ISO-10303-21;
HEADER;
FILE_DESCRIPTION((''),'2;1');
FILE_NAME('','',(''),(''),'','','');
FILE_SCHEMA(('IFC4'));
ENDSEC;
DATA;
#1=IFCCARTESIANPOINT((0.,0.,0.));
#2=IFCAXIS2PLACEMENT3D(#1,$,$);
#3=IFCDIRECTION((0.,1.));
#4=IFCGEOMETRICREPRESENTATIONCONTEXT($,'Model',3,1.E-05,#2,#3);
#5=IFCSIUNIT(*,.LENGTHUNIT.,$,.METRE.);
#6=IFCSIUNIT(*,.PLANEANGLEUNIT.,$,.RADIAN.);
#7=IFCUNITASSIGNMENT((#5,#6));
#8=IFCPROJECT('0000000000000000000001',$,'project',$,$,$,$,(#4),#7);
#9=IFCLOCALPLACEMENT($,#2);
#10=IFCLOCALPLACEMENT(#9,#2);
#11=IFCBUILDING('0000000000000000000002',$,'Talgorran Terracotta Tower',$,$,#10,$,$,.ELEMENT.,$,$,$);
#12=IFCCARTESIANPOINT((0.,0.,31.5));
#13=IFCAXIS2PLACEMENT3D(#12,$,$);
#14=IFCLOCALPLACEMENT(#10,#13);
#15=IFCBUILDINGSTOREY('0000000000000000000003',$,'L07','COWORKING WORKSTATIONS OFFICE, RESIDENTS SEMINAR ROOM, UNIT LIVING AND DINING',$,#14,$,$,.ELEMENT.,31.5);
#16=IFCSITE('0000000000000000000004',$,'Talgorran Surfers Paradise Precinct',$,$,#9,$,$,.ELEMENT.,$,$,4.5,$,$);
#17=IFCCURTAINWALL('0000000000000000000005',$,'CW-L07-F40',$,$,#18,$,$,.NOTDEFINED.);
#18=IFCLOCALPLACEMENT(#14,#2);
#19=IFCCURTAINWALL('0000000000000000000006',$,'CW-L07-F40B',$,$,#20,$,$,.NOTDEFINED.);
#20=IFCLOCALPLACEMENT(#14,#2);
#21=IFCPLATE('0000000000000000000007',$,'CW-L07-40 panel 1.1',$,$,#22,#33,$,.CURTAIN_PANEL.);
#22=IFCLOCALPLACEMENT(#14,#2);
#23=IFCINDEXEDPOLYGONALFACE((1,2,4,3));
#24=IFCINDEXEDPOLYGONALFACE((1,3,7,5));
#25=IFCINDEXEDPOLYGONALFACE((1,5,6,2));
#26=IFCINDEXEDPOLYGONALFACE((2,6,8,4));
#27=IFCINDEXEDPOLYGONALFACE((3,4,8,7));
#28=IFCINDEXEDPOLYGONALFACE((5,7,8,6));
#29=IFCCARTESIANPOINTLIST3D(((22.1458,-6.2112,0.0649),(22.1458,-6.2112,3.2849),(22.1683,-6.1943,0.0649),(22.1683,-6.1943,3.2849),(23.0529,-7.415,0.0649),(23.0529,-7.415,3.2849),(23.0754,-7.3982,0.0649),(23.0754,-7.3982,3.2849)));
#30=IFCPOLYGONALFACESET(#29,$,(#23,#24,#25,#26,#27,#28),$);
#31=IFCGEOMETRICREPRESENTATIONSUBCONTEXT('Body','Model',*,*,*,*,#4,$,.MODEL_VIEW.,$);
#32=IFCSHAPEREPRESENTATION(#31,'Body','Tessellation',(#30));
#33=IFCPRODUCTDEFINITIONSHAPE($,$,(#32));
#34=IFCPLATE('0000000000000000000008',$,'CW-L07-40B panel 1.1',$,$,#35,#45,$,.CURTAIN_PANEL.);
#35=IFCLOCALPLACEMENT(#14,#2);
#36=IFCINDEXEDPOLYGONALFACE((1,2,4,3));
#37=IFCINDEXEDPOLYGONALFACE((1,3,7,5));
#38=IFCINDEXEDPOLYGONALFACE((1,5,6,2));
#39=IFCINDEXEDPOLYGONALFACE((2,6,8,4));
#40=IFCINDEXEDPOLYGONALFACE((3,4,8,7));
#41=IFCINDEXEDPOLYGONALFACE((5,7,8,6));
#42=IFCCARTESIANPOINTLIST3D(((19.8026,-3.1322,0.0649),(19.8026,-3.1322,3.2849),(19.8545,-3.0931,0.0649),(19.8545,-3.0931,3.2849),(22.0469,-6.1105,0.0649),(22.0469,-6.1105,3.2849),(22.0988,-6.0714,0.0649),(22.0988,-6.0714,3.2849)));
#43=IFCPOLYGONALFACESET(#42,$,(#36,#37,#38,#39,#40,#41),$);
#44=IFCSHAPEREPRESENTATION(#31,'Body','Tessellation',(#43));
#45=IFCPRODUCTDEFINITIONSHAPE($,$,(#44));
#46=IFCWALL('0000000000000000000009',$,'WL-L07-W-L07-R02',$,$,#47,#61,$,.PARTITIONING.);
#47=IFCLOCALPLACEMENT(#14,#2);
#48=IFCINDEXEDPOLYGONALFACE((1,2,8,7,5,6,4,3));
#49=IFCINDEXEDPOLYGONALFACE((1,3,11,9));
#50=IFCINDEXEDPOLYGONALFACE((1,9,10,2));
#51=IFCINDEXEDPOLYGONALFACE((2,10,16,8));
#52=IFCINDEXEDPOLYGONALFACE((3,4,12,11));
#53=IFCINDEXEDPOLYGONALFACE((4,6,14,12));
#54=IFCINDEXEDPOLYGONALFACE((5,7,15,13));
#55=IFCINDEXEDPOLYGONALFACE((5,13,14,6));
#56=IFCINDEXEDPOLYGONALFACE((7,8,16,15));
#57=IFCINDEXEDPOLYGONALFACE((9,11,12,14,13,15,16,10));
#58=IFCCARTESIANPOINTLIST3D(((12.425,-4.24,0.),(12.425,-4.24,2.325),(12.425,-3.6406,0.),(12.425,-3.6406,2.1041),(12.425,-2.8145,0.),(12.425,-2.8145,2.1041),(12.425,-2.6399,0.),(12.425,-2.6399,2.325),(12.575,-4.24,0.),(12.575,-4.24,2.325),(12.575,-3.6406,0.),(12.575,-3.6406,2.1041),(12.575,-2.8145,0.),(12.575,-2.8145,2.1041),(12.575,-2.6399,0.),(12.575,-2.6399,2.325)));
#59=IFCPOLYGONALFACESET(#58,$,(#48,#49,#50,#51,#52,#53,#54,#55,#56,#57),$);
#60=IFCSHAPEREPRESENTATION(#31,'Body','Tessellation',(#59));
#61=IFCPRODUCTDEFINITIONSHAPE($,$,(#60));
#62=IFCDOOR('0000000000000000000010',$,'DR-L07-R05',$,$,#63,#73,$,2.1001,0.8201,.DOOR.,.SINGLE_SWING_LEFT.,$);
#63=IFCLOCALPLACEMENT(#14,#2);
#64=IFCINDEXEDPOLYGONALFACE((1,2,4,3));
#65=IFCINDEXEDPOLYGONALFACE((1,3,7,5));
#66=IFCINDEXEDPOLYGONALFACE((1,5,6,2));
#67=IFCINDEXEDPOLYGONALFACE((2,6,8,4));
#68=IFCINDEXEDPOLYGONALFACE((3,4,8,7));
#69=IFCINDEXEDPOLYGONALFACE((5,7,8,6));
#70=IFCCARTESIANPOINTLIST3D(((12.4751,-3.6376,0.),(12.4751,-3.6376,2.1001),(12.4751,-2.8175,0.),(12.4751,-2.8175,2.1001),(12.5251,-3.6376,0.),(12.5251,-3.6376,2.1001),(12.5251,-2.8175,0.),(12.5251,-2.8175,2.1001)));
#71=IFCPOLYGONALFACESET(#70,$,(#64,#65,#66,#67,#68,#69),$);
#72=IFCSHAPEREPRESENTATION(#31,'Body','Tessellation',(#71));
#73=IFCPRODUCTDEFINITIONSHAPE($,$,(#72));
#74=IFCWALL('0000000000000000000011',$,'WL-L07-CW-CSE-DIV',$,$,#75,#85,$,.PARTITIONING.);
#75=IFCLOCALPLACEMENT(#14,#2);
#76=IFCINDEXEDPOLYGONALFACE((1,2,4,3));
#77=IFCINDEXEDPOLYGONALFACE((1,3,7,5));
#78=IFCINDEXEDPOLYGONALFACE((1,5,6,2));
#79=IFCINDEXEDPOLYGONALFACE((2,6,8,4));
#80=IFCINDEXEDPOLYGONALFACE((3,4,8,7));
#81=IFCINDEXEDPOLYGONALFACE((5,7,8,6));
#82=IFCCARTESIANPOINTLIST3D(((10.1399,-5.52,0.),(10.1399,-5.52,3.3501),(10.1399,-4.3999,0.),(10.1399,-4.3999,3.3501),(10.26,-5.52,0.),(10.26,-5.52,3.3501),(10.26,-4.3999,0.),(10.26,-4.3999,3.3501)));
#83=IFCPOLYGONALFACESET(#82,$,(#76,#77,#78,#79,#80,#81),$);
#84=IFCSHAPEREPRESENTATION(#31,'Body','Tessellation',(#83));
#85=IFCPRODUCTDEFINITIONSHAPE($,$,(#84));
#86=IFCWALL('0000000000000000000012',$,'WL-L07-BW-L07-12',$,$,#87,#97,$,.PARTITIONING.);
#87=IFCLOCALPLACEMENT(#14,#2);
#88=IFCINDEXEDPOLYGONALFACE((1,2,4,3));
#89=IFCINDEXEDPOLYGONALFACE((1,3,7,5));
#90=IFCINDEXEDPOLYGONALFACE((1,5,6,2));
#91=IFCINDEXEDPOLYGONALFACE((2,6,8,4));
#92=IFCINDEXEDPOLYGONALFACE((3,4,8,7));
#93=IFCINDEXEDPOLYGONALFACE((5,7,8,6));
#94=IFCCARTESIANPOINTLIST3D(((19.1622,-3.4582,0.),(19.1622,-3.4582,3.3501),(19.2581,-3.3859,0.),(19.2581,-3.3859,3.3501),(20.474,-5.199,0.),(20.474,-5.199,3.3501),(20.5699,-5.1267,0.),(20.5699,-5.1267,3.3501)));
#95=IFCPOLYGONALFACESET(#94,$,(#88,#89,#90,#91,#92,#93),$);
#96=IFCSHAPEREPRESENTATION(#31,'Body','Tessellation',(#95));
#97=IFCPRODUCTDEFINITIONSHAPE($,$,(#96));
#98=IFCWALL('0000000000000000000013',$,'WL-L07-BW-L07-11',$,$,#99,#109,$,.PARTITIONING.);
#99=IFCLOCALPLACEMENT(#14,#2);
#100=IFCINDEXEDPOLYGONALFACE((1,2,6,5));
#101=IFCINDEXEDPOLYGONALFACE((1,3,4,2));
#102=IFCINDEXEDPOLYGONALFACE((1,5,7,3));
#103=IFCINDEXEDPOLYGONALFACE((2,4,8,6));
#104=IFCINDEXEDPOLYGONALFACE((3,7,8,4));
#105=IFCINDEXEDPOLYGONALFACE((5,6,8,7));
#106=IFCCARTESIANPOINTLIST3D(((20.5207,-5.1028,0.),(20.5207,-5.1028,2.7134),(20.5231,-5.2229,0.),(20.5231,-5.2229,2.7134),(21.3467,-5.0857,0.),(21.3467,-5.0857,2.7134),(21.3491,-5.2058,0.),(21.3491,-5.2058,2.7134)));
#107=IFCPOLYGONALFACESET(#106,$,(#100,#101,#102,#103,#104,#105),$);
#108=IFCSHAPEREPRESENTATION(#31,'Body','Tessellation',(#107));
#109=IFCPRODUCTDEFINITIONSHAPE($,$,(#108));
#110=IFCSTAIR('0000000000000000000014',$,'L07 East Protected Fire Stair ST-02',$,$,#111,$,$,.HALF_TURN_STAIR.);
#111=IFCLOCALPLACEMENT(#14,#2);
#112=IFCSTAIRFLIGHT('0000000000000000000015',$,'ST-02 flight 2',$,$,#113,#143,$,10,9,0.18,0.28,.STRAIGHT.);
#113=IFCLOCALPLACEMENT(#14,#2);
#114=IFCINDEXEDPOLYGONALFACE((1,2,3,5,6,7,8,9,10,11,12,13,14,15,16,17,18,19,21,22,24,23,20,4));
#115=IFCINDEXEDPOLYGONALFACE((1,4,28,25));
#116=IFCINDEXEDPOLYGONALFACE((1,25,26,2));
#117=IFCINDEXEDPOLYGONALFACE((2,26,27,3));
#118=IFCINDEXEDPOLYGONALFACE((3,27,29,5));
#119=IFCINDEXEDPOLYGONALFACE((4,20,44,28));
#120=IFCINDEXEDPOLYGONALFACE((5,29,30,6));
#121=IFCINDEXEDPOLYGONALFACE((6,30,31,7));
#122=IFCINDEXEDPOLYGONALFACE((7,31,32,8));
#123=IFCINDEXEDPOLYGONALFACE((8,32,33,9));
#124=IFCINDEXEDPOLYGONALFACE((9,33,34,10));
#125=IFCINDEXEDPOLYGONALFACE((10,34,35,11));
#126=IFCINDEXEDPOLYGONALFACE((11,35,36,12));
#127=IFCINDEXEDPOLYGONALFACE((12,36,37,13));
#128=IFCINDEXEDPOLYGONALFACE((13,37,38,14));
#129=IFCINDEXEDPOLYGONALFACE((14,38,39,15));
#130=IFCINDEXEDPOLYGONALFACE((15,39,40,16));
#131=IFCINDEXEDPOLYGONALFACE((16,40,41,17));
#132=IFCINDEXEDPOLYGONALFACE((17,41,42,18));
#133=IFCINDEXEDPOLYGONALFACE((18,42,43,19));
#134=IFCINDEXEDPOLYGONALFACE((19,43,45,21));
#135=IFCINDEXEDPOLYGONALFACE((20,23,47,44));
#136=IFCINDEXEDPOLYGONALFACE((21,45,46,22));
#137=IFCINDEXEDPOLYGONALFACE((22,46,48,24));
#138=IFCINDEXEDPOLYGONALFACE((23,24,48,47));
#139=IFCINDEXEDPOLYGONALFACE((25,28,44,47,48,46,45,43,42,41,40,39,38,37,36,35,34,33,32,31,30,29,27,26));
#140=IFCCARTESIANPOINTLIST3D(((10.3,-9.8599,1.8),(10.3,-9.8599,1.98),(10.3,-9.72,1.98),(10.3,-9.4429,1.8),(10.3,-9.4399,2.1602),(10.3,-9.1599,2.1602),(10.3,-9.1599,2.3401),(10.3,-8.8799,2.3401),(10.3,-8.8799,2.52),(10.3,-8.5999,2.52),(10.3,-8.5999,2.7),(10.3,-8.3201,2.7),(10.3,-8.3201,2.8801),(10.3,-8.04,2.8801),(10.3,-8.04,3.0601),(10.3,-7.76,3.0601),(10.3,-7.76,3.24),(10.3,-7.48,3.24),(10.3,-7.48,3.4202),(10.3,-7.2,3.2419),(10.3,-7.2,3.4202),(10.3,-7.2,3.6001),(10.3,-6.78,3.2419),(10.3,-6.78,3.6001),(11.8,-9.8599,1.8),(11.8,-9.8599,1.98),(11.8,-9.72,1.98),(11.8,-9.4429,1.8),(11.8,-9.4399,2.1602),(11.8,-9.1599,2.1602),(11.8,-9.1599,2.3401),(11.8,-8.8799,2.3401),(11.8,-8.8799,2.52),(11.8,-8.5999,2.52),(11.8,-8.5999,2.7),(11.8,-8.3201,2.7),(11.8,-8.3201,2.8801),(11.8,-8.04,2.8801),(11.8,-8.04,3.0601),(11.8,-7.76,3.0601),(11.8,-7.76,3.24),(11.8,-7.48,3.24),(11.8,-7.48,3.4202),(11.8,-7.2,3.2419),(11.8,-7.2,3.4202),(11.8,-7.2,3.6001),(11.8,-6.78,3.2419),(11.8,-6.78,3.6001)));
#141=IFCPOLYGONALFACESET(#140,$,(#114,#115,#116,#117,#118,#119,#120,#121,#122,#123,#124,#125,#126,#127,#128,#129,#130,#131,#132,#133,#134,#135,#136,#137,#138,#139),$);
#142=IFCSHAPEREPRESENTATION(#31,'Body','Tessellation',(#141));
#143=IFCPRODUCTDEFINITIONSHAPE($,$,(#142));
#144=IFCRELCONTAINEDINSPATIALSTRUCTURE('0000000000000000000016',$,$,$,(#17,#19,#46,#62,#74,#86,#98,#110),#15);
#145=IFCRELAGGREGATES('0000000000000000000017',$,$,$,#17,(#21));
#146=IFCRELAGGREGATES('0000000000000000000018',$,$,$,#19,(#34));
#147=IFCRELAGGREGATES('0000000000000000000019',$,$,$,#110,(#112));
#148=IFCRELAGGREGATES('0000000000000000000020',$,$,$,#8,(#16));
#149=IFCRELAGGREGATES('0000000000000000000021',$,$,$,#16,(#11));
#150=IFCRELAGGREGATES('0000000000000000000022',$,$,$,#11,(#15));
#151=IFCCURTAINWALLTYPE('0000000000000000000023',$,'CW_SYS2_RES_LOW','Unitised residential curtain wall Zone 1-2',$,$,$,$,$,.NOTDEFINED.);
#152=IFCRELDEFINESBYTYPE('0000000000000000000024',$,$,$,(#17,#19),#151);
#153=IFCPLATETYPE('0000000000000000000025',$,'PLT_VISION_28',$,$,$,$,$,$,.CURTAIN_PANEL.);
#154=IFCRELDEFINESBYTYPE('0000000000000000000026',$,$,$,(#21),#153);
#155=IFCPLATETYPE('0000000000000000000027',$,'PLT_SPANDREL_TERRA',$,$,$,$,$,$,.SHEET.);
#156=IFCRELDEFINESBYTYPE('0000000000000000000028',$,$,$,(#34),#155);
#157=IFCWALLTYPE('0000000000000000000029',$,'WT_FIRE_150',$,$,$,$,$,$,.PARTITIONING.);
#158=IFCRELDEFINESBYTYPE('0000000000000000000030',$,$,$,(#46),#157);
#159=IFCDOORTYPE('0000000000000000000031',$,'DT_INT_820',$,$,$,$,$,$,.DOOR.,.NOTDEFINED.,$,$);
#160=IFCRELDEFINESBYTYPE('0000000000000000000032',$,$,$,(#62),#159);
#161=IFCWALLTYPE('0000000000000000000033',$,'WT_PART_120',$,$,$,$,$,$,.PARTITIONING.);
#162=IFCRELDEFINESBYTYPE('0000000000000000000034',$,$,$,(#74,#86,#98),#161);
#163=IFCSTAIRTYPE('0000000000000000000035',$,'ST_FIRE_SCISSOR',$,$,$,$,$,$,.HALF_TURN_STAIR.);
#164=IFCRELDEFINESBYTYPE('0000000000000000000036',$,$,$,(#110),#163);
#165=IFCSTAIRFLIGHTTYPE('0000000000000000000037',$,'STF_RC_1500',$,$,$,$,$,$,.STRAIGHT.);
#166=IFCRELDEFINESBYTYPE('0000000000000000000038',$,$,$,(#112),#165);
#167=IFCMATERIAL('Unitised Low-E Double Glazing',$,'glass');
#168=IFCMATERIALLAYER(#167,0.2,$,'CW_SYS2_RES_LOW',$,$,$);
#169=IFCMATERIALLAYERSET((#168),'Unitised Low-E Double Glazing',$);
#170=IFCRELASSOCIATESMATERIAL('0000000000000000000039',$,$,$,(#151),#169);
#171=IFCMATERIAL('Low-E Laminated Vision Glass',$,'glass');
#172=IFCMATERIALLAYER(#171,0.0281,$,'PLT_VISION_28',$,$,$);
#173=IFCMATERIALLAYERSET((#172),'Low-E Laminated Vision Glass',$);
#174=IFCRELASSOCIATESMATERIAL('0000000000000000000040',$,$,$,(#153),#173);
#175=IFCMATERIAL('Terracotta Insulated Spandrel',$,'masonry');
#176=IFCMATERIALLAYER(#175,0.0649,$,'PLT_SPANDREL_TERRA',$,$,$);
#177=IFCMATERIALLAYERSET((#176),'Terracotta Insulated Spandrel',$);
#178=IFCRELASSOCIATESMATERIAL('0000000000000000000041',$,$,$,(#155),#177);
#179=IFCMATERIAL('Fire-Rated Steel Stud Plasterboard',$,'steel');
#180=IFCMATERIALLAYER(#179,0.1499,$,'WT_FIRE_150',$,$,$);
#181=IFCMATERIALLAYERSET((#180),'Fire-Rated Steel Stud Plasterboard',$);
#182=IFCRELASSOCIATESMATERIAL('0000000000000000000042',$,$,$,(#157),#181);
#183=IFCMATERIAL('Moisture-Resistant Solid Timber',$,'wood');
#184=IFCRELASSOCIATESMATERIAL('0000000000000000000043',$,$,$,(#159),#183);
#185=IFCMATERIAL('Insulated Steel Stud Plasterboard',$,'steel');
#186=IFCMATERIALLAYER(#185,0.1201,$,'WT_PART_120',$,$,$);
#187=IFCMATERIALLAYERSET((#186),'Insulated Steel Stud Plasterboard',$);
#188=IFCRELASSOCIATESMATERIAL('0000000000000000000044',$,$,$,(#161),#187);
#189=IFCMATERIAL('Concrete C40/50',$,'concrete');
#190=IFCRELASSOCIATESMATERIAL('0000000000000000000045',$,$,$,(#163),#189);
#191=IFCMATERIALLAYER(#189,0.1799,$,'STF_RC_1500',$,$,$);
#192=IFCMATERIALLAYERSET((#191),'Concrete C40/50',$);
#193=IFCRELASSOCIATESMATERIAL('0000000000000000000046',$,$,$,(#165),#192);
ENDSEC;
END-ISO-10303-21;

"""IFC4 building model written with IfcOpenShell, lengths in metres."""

from ifc_helpers import new_model, si_unit, direction, frame, frame_2d, origin, origin_2d, place, context, subcontext, project, spatial, polyline, rectangle, outline, extrude, source, transform, mapped, material, layer, layer_set, type_object, type_shapes, element, fill, aggregate, save


model = new_model("IFC4")

# Units and contexts
model_context = context("Model", 3, precision=1e-05, world=origin(), true_north=direction((0.0, 1.0)))
body_context = subcontext(model_context, "Body", "Model", "MODEL_VIEW")
ifc_project = project(units=[si_unit("LENGTHUNIT", "METRE"), si_unit("PLANEANGLEUNIT", "RADIAN")], contexts=[model_context])

# Site, building, storey
site_placement = place(None, origin())
site = spatial("IfcSite", under=ifc_project, at=site_placement, Name="Talgorran Surfers Paradise Precinct", CompositionType="ELEMENT", RefElevation=4.5)
building_placement = place(site_placement, origin())
building = spatial("IfcBuilding", under=site, at=building_placement, Name="Talgorran Terracotta Tower", CompositionType="ELEMENT")
storey_placement = place(building_placement, frame((0.0, 0.0, 31.5)))
storey = spatial("IfcBuildingStorey", under=building, at=storey_placement, Name="L07", Description="COWORKING WORKSTATIONS OFFICE, RESIDENTS SEMINAR ROOM, UNIT LIVING AND DINING", CompositionType="ELEMENT", Elevation=31.5)

# Shared definitions
ifc_material_1 = material(Name="Unitised Low-E Double Glazing", Category="glass")
ifc_layer_1 = layer(ifc_material_1, 0.2, Name="CW_SYS2_RES_LOW")
ifc_layer_set_1 = layer_set([ifc_layer_1], Name="Unitised Low-E Double Glazing")
curtain_wall_type = type_object("IfcCurtainWallType", Name="CW_SYS2_RES_LOW", Description="Unitised residential curtain wall Zone 1-2", PredefinedType="NOTDEFINED", material=ifc_layer_set_1)

# Curtain wall
curtain_wall_1_placement = place(storey_placement, origin())
curtain_wall_1 = element("IfcCurtainWall", 1, at=curtain_wall_1_placement, inside=storey, type_object=curtain_wall_type, Name="CW-L07-F40", PredefinedType="NOTDEFINED")

# Curtain wall
curtain_wall_2_placement = place(storey_placement, origin())
curtain_wall_2 = element("IfcCurtainWall", 2, at=curtain_wall_2_placement, inside=storey, type_object=curtain_wall_type, Name="CW-L07-F40B", PredefinedType="NOTDEFINED")

# Plates
ifc_material_2 = material(Name="Low-E Laminated Vision Glass", Category="glass")
ifc_layer_2 = layer(ifc_material_2, 0.0281, Name="PLT_VISION_28")
ifc_layer_set_2 = layer_set([ifc_layer_2], Name="Low-E Laminated Vision Glass")
plate_type_1 = type_object("IfcPlateType", Name="PLT_VISION_28", PredefinedType="CURTAIN_PANEL", material=ifc_layer_set_2)
shared_shape_1 = source(origin(), body_context, "Body", "SweptSolid", [
    extrude(rectangle(XDim=1.5073, YDim=0.0281, at=origin_2d()), origin(), (0.0, 0.0, 1.0), 3.22),
])
type_shapes(plate_type_1, [shared_shape_1])
plate_1_placement = place(storey_placement, frame((22.6106, -6.8047, 0.0649), z_axis=(0.0, 0.0, 1.0), x_axis=(-0.601797, 0.798649, 0.0)))
plate_1 = element("IfcPlate", 3, at=plate_1_placement, type_object=plate_type_1, Name="CW-L07-40 panel 1.1", PredefinedType="CURTAIN_PANEL", context=body_context, shape_type="MappedRepresentation", body=[
    mapped(shared_shape_1, transform((0.0, 0.0, 0.0), scale=1.0)),
])
aggregate(curtain_wall_1, [plate_1])
ifc_material_3 = material(Name="Terracotta Insulated Spandrel", Category="masonry")
ifc_layer_3 = layer(ifc_material_3, 0.0649, Name="PLT_SPANDREL_TERRA")
ifc_layer_set_3 = layer_set([ifc_layer_3], Name="Terracotta Insulated Spandrel")
plate_type_2 = type_object("IfcPlateType", Name="PLT_SPANDREL_TERRA", PredefinedType="SHEET", material=ifc_layer_set_3)
shared_shape_2 = source(origin(), body_context, "Body", "SweptSolid", [
    extrude(rectangle(XDim=3.7292, YDim=0.0649, at=origin_2d()), origin(), (0.0, 0.0, 1.0), 3.22),
])
type_shapes(plate_type_2, [shared_shape_2])
plate_2_placement = place(storey_placement, frame((20.9507, -4.6018, 0.0649), z_axis=(0.0, 0.0, 1.0), x_axis=(-0.601814, 0.798636, 0.0)))
plate_2 = element("IfcPlate", 4, at=plate_2_placement, type_object=plate_type_2, Name="CW-L07-40B panel 1.1", PredefinedType="CURTAIN_PANEL", context=body_context, shape_type="MappedRepresentation", body=[
    mapped(shared_shape_2, transform((0.0, 0.0, 0.0), scale=1.0)),
])
aggregate(curtain_wall_2, [plate_2])

# Wall, opening, door
ifc_material_4 = material(Name="Fire-Rated Steel Stud Plasterboard", Category="steel")
ifc_layer_4 = layer(ifc_material_4, 0.1499, Name="WT_FIRE_150")
ifc_layer_set_4 = layer_set([ifc_layer_4], Name="Fire-Rated Steel Stud Plasterboard")
wall_type_1 = type_object("IfcWallType", Name="WT_FIRE_150", PredefinedType="PARTITIONING", material=ifc_layer_set_4)
wall_1_placement = place(storey_placement, frame((12.5, -4.24, 0.0), z_axis=(0.0, 0.0, 1.0), x_axis=(0.0, 1.0, 0.0)))
wall_1 = element("IfcWall", 5, at=wall_1_placement, inside=storey, type_object=wall_type_1, Name="WL-L07-W-L07-R02", PredefinedType="PARTITIONING", context=body_context, shape_type="SweptSolid", body=[
    extrude(rectangle(XDim=1.6001, YDim=0.1499, at=frame_2d((0.8, 0.0))), origin(), (0.0, 0.0, 1.0), 2.325),
])
opening_placement = place(wall_1_placement, frame((0.6023, 0.0, 0.0)))
opening = element("IfcOpeningElement", 6, at=opening_placement, cuts=wall_1, PredefinedType="OPENING", context=body_context, shape_type="SweptSolid", body=[
    extrude(rectangle(XDim=0.8261, YDim=2.1041, at=frame_2d((0.4102, 1.052))), frame((0.0, 0.085, 0.0), z_axis=(0.0, -1.0, 0.0), x_axis=(1.0, 0.0, 0.0)), (0.0, 0.0, 1.0), 0.1699),
])
ifc_material_5 = material(Name="Moisture-Resistant Solid Timber", Category="wood")
door_type = type_object("IfcDoorType", Name="DT_INT_820", OperationType="NOTDEFINED", PredefinedType="DOOR", material=ifc_material_5)
door_placement = place(opening_placement, origin())
door = element("IfcDoor", 7, at=door_placement, inside=storey, type_object=door_type, Name="DR-L07-R05", OperationType="SINGLE_SWING_LEFT", OverallHeight=2.1001, OverallWidth=0.8201, PredefinedType="DOOR", context=body_context, shape_type="SweptSolid", body=[
    extrude(rectangle(XDim=0.8201, YDim=2.1001, at=frame_2d((0.4102, 1.05))), frame((0.0, 0.0249, 0.0), z_axis=(0.0, -1.0, 0.0), x_axis=(1.0, 0.0, 0.0)), (0.0, 0.0, 1.0), 0.05),
])
fill(opening, door)

# Walls
ifc_material_6 = material(Name="Insulated Steel Stud Plasterboard", Category="steel")
ifc_layer_5 = layer(ifc_material_6, 0.1201, Name="WT_PART_120")
ifc_layer_set_5 = layer_set([ifc_layer_5], Name="Insulated Steel Stud Plasterboard")
wall_type_2 = type_object("IfcWallType", Name="WT_PART_120", PredefinedType="PARTITIONING", material=ifc_layer_set_5)
wall_2_placement = place(storey_placement, frame((10.2, -5.52, 0.0), z_axis=(0.0, 0.0, 1.0), x_axis=(0.0, 1.0, 0.0)))
element("IfcWall", 8, at=wall_2_placement, inside=storey, type_object=wall_type_2, Name="WL-L07-CW-CSE-DIV", PredefinedType="PARTITIONING", context=body_context, shape_type="SweptSolid", body=[
    extrude(rectangle(XDim=1.1201, YDim=0.1201, at=frame_2d((0.5601, 0.0))), origin(), (0.0, 0.0, 1.0), 3.3501),
])
wall_3_placement = place(storey_placement, frame((20.522, -5.1628, 0.0), z_axis=(0.0, 0.0, 1.0), x_axis=(-0.601826, 0.798627, 0.0)))
element("IfcWall", 9, at=wall_3_placement, inside=storey, type_object=wall_type_2, Name="WL-L07-BW-L07-12", PredefinedType="PARTITIONING", context=body_context, shape_type="SweptSolid", body=[
    extrude(rectangle(XDim=2.1797, YDim=0.1201, at=frame_2d((1.0898, 0.0))), origin(), (0.0, 0.0, 1.0), 3.3501),
])
wall_4_placement = place(storey_placement, frame((21.3479, -5.1458, 0.0), z_axis=(0.0, 0.0, 1.0), x_axis=(-0.999786, -0.020687, 0.0)))
element("IfcWall", 10, at=wall_4_placement, inside=storey, type_object=wall_type_2, Name="WL-L07-BW-L07-11", PredefinedType="PARTITIONING", context=body_context, shape_type="SweptSolid", body=[
    extrude(rectangle(XDim=0.8262, YDim=0.1201, at=frame_2d((0.4131, 0.0))), origin(), (0.0, 0.0, 1.0), 2.7134),
])

# Stair, stair flight
ifc_material_7 = material(Name="Concrete C40/50", Category="concrete")
stair_type = type_object("IfcStairType", Name="ST_FIRE_SCISSOR", PredefinedType="HALF_TURN_STAIR", material=ifc_material_7)
stair_placement = place(storey_placement, origin())
stair = element("IfcStair", 11, at=stair_placement, inside=storey, type_object=stair_type, Name="L07 East Protected Fire Stair ST-02", PredefinedType="HALF_TURN_STAIR")
ifc_layer_6 = layer(ifc_material_7, 0.1799, Name="STF_RC_1500")
ifc_layer_set_6 = layer_set([ifc_layer_6], Name="Concrete C40/50")
stair_flight_type = type_object("IfcStairFlightType", Name="STF_RC_1500", PredefinedType="STRAIGHT", material=ifc_layer_set_6)
stair_flight_placement = place(storey_placement, frame((11.05, -9.72, 1.8), z_axis=(0.0, 0.0, 1.0), x_axis=(0.0, 1.0, 0.0)))
stair_flight = element("IfcStairFlight", 12, at=stair_flight_placement, type_object=stair_flight_type, Name="ST-02 flight 2", NumberOfRisers=10, NumberOfTreads=9, PredefinedType="STRAIGHT", RiserHeight=0.18, TreadLength=0.28, context=body_context, shape_type="SweptSolid", body=[
    extrude(outline(polyline([(-0.1399, 0.0), (-0.1399, 0.1799), (0.0, 0.1799), (0.28, 0.3601), (0.5601, 0.3601), (0.5601, 0.54), (0.8401, 0.54), (0.8401, 0.72), (1.1201, 0.72), (1.1201, 0.8999), (1.3999, 0.8999), (1.3999, 1.0801), (1.6799, 1.0801), (1.6799, 1.26), (1.96, 1.26), (1.96, 1.4399), (2.24, 1.4399), (2.24, 1.6201), (2.52, 1.6201), (2.52, 1.8), (2.9399, 1.8), (2.9399, 1.4419), (2.52, 1.4419), (0.2771, 0.0), (-0.1399, 0.0)])), frame((0.0, 0.75, 0.0), z_axis=(0.0, -1.0, 0.0), x_axis=(1.0, 0.0, 0.0)), (0.0, 0.0, 1.0), 1.5),
])
aggregate(stair, [stair_flight])

save(model, "model.ifc")
